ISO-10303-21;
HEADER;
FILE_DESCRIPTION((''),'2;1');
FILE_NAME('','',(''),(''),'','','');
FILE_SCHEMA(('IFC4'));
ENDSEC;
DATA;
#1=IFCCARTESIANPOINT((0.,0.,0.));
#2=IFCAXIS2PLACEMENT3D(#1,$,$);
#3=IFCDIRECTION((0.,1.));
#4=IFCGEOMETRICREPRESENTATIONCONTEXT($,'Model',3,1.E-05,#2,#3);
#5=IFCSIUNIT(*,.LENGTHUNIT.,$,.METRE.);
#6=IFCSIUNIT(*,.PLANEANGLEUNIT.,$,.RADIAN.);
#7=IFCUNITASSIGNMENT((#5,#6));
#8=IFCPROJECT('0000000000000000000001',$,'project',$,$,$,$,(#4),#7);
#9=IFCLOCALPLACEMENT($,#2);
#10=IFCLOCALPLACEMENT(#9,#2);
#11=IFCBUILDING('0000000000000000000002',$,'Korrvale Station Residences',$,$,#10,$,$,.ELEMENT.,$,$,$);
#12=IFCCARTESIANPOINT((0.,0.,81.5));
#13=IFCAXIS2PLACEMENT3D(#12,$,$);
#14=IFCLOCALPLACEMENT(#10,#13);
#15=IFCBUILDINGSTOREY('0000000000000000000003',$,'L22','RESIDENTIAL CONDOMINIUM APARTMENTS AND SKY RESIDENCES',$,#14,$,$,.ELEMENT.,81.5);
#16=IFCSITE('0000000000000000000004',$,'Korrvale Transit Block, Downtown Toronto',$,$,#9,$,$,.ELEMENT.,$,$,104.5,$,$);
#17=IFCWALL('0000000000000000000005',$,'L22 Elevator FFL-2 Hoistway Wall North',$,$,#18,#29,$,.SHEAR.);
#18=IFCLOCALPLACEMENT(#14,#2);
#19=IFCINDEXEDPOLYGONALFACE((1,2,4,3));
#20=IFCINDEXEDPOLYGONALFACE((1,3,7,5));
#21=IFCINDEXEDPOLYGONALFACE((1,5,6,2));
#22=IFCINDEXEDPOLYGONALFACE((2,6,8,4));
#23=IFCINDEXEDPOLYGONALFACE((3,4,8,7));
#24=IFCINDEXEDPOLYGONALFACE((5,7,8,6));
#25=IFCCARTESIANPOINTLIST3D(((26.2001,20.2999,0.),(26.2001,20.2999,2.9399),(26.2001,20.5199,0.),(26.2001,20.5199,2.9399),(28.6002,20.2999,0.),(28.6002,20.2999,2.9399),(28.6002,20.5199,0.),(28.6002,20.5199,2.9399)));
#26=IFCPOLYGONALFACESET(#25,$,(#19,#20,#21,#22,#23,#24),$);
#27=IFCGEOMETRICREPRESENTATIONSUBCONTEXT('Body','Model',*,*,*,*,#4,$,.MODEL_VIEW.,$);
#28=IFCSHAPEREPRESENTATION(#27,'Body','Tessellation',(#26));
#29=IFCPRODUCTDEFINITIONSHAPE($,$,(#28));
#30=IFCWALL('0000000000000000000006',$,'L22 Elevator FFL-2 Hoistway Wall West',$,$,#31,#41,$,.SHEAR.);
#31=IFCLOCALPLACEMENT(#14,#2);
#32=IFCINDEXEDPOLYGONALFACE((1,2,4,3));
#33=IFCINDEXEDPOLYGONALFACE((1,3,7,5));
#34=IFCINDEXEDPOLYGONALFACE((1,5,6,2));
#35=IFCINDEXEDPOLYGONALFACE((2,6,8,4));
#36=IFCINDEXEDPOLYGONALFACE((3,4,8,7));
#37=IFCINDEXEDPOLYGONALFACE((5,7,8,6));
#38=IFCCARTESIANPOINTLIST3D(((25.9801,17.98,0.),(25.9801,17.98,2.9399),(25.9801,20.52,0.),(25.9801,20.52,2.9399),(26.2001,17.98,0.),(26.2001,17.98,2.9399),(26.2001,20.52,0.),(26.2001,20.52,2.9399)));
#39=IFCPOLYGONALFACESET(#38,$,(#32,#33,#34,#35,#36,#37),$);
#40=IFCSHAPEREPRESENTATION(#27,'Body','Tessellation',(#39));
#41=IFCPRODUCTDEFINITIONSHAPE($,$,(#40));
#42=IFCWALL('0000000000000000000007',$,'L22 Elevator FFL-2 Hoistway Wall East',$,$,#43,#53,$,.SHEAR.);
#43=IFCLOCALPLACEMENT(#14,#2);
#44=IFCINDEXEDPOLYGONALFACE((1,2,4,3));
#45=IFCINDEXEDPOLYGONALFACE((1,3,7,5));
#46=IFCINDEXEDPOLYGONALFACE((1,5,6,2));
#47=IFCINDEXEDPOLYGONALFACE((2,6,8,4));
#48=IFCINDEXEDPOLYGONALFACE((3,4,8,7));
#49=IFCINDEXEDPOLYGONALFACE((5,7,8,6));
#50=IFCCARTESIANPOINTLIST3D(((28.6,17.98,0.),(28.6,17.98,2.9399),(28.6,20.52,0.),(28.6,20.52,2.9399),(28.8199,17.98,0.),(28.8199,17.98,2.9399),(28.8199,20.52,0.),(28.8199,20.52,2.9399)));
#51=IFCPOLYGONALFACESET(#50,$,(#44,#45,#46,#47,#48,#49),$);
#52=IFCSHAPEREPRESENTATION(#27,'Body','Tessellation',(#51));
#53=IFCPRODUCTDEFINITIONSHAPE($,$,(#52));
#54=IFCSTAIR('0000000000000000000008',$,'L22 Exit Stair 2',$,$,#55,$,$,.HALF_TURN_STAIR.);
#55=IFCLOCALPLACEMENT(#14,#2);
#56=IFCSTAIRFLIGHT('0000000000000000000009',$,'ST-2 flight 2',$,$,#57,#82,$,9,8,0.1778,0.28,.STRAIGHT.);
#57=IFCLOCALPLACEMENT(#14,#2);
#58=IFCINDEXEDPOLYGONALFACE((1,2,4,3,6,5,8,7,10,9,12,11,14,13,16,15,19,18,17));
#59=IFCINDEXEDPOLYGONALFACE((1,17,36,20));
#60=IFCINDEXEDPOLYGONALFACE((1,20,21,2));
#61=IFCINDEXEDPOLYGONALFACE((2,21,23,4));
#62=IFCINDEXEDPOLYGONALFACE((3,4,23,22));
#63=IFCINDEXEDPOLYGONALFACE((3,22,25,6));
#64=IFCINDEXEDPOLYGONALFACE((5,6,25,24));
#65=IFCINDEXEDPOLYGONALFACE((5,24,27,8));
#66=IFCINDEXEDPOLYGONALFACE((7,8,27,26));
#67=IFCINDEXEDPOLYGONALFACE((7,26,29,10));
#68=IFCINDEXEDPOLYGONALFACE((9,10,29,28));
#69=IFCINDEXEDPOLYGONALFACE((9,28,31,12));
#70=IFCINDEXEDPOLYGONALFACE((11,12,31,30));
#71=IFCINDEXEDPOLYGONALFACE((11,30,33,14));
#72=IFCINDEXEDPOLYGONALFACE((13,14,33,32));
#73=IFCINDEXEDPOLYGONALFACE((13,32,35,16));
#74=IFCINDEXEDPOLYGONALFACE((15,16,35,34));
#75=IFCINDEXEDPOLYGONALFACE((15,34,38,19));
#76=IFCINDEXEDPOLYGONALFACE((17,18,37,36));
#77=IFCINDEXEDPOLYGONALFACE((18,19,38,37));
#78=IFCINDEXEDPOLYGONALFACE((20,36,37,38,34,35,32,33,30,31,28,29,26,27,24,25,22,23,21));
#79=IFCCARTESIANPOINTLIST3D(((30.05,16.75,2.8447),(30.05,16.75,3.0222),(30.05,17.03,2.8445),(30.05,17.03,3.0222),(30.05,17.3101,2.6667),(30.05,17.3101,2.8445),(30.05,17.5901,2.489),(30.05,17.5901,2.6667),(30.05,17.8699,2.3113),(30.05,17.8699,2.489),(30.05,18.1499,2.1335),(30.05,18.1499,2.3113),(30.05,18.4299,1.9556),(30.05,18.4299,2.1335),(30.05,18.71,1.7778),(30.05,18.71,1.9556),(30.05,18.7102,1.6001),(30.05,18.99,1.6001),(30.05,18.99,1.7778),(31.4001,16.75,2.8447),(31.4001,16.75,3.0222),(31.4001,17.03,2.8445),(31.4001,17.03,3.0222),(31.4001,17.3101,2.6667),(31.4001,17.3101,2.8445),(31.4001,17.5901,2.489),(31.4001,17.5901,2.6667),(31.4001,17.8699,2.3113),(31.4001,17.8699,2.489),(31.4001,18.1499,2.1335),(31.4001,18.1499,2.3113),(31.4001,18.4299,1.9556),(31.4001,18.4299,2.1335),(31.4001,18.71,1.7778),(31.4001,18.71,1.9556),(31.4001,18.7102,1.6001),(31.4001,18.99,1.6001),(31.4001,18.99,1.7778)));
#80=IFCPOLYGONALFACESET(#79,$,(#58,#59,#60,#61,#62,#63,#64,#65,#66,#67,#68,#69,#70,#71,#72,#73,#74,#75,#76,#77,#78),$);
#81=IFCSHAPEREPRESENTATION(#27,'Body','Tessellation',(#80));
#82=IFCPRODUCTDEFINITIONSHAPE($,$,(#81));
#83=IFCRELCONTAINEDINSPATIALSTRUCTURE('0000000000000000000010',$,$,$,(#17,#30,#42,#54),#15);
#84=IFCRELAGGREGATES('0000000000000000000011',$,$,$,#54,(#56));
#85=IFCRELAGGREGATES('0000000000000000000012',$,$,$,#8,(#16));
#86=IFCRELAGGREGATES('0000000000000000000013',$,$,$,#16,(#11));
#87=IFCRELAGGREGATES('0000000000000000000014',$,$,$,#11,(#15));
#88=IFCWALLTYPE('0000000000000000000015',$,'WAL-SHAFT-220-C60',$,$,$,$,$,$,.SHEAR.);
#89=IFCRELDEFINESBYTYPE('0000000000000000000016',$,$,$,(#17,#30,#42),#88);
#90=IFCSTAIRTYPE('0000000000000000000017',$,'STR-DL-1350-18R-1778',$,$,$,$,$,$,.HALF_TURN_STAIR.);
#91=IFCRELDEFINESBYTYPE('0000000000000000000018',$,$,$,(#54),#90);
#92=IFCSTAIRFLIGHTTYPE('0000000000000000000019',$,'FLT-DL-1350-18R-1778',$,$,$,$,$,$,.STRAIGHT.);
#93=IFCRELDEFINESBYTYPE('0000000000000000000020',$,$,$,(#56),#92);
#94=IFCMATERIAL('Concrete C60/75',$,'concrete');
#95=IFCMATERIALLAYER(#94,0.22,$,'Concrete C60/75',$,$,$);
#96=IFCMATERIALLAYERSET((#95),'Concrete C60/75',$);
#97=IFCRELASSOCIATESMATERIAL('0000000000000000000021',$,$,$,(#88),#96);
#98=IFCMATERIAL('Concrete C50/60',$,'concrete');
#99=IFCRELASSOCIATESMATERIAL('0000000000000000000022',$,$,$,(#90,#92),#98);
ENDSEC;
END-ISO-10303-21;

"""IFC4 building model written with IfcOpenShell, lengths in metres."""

from ifc_helpers import new_model, si_unit, direction, frame, frame_2d, origin, place, context, subcontext, project, spatial, polyline, rectangle, outline, extrude, material, layer, layer_set, type_object, element, aggregate, save


model = new_model("IFC4")

# Units and contexts
model_context = context("Model", 3, precision=1e-05, world=origin(), true_north=direction((0.0, 1.0)))
body_context = subcontext(model_context, "Body", "Model", "MODEL_VIEW")
ifc_project = project(units=[si_unit("LENGTHUNIT", "METRE"), si_unit("PLANEANGLEUNIT", "RADIAN")], contexts=[model_context])

# Site, building, storey
site_placement = place(None, origin())
site = spatial("IfcSite", under=ifc_project, at=site_placement, Name="Korrvale Transit Block, Downtown Toronto", CompositionType="ELEMENT", RefElevation=104.5)
building_placement = place(site_placement, origin())
building = spatial("IfcBuilding", under=site, at=building_placement, Name="Korrvale Station Residences", CompositionType="ELEMENT")
storey_placement = place(building_placement, frame((0.0, 0.0, 81.5)))
storey = spatial("IfcBuildingStorey", under=building, at=storey_placement, Name="L22", Description="RESIDENTIAL CONDOMINIUM APARTMENTS AND SKY RESIDENCES", CompositionType="ELEMENT", Elevation=81.5)

# Shared definitions
ifc_material_1 = material(Name="Concrete C60/75", Category="concrete")

# Shared definitions
ifc_layer_1 = layer(ifc_material_1, 0.22, Name="Concrete C60/75")
ifc_layer_set_1 = layer_set([ifc_layer_1], Name="Concrete C60/75")
wall_type_1 = type_object("IfcWallType", Name="WAL-SHAFT-220-C60", PredefinedType="SHEAR", material=ifc_layer_set_1)

# Walls
wall_1_placement = place(storey_placement, frame((26.2, 20.4099, 0.0), z_axis=(0.0, 0.0, 1.0), x_axis=(1.0, 0.0, 0.0)))
element("IfcWall", 1, at=wall_1_placement, inside=storey, type_object=wall_type_1, Name="L22 Elevator FFL-2 Hoistway Wall North", PredefinedType="SHEAR", context=body_context, shape_type="SweptSolid", body=[
    extrude(rectangle(XDim=2.4001, YDim=0.22, at=frame_2d((1.2002, 0.0))), origin(), (0.0, 0.0, 1.0), 2.9399),
])
for number, where, z_axis, x_axis, name in (
    (2, (26.0901, 17.98, 0.0), (0.0, 0.0, 1.0), (0.0, 1.0, 0.0), "L22 Elevator FFL-2 Hoistway Wall West"),
    (3, (28.71, 17.98, 0.0), (0.0, 0.0, 1.0), (0.0, 1.0, 0.0), "L22 Elevator FFL-2 Hoistway Wall East"),
):
    element("IfcWall", number, at=place(storey_placement, frame(where, z_axis=z_axis, x_axis=x_axis)), inside=storey, type_object=wall_type_1, Name=name, PredefinedType="SHEAR", context=body_context, shape_type="SweptSolid", body=[
        extrude(rectangle(XDim=2.54, YDim=0.22, at=frame_2d((1.27, 0.0))), origin(), (0.0, 0.0, 1.0), 2.9399),
    ])

# Stair, stair flight
ifc_material_2 = material(Name="Concrete C50/60", Category="concrete")
stair_type = type_object("IfcStairType", Name="STR-DL-1350-18R-1778", PredefinedType="HALF_TURN_STAIR", material=ifc_material_2)
stair_placement = place(storey_placement, origin())
stair = element("IfcStair", 4, at=stair_placement, inside=storey, type_object=stair_type, Name="L22 Exit Stair 2", PredefinedType="HALF_TURN_STAIR")
stair_flight_type = type_object("IfcStairFlightType", Name="FLT-DL-1350-18R-1778", PredefinedType="STRAIGHT", material=ifc_material_2)
stair_flight_placement = place(storey_placement, frame((30.7251, 18.99, 1.6001), z_axis=(0.0, 0.0, 1.0), x_axis=(0.0, -1.0, 0.0)))
stair_flight = element("IfcStairFlight", 5, at=stair_flight_placement, type_object=stair_flight_type, Name="ST-2 flight 2", NumberOfRisers=9, NumberOfTreads=8, PredefinedType="STRAIGHT", RiserHeight=0.1778, TreadLength=0.28, context=body_context, shape_type="SweptSolid", body=[
    extrude(outline(polyline([(0.0, 0.0), (0.0, 0.1777), (0.28, 0.1777), (0.28, 0.3555), (0.5601, 0.3555), (0.5601, 0.5334), (0.8401, 0.5334), (0.8401, 0.7112), (1.1201, 0.7112), (1.1201, 0.8889), (1.3999, 0.8889), (1.3999, 1.0667), (1.6799, 1.0667), (1.6799, 1.2444), (1.96, 1.2444), (1.96, 1.4221), (2.24, 1.4221), (2.24, 1.6001), (2.24, 1.2446), (0.2798, 0.0), (0.0, 0.0)])), frame((0.0, 0.675, 0.0), z_axis=(0.0, -1.0, 0.0), x_axis=(1.0, 0.0, 0.0)), (0.0, 0.0, 1.0), 1.3501),
])
aggregate(stair, [stair_flight])

save(model, "model.ifc")
